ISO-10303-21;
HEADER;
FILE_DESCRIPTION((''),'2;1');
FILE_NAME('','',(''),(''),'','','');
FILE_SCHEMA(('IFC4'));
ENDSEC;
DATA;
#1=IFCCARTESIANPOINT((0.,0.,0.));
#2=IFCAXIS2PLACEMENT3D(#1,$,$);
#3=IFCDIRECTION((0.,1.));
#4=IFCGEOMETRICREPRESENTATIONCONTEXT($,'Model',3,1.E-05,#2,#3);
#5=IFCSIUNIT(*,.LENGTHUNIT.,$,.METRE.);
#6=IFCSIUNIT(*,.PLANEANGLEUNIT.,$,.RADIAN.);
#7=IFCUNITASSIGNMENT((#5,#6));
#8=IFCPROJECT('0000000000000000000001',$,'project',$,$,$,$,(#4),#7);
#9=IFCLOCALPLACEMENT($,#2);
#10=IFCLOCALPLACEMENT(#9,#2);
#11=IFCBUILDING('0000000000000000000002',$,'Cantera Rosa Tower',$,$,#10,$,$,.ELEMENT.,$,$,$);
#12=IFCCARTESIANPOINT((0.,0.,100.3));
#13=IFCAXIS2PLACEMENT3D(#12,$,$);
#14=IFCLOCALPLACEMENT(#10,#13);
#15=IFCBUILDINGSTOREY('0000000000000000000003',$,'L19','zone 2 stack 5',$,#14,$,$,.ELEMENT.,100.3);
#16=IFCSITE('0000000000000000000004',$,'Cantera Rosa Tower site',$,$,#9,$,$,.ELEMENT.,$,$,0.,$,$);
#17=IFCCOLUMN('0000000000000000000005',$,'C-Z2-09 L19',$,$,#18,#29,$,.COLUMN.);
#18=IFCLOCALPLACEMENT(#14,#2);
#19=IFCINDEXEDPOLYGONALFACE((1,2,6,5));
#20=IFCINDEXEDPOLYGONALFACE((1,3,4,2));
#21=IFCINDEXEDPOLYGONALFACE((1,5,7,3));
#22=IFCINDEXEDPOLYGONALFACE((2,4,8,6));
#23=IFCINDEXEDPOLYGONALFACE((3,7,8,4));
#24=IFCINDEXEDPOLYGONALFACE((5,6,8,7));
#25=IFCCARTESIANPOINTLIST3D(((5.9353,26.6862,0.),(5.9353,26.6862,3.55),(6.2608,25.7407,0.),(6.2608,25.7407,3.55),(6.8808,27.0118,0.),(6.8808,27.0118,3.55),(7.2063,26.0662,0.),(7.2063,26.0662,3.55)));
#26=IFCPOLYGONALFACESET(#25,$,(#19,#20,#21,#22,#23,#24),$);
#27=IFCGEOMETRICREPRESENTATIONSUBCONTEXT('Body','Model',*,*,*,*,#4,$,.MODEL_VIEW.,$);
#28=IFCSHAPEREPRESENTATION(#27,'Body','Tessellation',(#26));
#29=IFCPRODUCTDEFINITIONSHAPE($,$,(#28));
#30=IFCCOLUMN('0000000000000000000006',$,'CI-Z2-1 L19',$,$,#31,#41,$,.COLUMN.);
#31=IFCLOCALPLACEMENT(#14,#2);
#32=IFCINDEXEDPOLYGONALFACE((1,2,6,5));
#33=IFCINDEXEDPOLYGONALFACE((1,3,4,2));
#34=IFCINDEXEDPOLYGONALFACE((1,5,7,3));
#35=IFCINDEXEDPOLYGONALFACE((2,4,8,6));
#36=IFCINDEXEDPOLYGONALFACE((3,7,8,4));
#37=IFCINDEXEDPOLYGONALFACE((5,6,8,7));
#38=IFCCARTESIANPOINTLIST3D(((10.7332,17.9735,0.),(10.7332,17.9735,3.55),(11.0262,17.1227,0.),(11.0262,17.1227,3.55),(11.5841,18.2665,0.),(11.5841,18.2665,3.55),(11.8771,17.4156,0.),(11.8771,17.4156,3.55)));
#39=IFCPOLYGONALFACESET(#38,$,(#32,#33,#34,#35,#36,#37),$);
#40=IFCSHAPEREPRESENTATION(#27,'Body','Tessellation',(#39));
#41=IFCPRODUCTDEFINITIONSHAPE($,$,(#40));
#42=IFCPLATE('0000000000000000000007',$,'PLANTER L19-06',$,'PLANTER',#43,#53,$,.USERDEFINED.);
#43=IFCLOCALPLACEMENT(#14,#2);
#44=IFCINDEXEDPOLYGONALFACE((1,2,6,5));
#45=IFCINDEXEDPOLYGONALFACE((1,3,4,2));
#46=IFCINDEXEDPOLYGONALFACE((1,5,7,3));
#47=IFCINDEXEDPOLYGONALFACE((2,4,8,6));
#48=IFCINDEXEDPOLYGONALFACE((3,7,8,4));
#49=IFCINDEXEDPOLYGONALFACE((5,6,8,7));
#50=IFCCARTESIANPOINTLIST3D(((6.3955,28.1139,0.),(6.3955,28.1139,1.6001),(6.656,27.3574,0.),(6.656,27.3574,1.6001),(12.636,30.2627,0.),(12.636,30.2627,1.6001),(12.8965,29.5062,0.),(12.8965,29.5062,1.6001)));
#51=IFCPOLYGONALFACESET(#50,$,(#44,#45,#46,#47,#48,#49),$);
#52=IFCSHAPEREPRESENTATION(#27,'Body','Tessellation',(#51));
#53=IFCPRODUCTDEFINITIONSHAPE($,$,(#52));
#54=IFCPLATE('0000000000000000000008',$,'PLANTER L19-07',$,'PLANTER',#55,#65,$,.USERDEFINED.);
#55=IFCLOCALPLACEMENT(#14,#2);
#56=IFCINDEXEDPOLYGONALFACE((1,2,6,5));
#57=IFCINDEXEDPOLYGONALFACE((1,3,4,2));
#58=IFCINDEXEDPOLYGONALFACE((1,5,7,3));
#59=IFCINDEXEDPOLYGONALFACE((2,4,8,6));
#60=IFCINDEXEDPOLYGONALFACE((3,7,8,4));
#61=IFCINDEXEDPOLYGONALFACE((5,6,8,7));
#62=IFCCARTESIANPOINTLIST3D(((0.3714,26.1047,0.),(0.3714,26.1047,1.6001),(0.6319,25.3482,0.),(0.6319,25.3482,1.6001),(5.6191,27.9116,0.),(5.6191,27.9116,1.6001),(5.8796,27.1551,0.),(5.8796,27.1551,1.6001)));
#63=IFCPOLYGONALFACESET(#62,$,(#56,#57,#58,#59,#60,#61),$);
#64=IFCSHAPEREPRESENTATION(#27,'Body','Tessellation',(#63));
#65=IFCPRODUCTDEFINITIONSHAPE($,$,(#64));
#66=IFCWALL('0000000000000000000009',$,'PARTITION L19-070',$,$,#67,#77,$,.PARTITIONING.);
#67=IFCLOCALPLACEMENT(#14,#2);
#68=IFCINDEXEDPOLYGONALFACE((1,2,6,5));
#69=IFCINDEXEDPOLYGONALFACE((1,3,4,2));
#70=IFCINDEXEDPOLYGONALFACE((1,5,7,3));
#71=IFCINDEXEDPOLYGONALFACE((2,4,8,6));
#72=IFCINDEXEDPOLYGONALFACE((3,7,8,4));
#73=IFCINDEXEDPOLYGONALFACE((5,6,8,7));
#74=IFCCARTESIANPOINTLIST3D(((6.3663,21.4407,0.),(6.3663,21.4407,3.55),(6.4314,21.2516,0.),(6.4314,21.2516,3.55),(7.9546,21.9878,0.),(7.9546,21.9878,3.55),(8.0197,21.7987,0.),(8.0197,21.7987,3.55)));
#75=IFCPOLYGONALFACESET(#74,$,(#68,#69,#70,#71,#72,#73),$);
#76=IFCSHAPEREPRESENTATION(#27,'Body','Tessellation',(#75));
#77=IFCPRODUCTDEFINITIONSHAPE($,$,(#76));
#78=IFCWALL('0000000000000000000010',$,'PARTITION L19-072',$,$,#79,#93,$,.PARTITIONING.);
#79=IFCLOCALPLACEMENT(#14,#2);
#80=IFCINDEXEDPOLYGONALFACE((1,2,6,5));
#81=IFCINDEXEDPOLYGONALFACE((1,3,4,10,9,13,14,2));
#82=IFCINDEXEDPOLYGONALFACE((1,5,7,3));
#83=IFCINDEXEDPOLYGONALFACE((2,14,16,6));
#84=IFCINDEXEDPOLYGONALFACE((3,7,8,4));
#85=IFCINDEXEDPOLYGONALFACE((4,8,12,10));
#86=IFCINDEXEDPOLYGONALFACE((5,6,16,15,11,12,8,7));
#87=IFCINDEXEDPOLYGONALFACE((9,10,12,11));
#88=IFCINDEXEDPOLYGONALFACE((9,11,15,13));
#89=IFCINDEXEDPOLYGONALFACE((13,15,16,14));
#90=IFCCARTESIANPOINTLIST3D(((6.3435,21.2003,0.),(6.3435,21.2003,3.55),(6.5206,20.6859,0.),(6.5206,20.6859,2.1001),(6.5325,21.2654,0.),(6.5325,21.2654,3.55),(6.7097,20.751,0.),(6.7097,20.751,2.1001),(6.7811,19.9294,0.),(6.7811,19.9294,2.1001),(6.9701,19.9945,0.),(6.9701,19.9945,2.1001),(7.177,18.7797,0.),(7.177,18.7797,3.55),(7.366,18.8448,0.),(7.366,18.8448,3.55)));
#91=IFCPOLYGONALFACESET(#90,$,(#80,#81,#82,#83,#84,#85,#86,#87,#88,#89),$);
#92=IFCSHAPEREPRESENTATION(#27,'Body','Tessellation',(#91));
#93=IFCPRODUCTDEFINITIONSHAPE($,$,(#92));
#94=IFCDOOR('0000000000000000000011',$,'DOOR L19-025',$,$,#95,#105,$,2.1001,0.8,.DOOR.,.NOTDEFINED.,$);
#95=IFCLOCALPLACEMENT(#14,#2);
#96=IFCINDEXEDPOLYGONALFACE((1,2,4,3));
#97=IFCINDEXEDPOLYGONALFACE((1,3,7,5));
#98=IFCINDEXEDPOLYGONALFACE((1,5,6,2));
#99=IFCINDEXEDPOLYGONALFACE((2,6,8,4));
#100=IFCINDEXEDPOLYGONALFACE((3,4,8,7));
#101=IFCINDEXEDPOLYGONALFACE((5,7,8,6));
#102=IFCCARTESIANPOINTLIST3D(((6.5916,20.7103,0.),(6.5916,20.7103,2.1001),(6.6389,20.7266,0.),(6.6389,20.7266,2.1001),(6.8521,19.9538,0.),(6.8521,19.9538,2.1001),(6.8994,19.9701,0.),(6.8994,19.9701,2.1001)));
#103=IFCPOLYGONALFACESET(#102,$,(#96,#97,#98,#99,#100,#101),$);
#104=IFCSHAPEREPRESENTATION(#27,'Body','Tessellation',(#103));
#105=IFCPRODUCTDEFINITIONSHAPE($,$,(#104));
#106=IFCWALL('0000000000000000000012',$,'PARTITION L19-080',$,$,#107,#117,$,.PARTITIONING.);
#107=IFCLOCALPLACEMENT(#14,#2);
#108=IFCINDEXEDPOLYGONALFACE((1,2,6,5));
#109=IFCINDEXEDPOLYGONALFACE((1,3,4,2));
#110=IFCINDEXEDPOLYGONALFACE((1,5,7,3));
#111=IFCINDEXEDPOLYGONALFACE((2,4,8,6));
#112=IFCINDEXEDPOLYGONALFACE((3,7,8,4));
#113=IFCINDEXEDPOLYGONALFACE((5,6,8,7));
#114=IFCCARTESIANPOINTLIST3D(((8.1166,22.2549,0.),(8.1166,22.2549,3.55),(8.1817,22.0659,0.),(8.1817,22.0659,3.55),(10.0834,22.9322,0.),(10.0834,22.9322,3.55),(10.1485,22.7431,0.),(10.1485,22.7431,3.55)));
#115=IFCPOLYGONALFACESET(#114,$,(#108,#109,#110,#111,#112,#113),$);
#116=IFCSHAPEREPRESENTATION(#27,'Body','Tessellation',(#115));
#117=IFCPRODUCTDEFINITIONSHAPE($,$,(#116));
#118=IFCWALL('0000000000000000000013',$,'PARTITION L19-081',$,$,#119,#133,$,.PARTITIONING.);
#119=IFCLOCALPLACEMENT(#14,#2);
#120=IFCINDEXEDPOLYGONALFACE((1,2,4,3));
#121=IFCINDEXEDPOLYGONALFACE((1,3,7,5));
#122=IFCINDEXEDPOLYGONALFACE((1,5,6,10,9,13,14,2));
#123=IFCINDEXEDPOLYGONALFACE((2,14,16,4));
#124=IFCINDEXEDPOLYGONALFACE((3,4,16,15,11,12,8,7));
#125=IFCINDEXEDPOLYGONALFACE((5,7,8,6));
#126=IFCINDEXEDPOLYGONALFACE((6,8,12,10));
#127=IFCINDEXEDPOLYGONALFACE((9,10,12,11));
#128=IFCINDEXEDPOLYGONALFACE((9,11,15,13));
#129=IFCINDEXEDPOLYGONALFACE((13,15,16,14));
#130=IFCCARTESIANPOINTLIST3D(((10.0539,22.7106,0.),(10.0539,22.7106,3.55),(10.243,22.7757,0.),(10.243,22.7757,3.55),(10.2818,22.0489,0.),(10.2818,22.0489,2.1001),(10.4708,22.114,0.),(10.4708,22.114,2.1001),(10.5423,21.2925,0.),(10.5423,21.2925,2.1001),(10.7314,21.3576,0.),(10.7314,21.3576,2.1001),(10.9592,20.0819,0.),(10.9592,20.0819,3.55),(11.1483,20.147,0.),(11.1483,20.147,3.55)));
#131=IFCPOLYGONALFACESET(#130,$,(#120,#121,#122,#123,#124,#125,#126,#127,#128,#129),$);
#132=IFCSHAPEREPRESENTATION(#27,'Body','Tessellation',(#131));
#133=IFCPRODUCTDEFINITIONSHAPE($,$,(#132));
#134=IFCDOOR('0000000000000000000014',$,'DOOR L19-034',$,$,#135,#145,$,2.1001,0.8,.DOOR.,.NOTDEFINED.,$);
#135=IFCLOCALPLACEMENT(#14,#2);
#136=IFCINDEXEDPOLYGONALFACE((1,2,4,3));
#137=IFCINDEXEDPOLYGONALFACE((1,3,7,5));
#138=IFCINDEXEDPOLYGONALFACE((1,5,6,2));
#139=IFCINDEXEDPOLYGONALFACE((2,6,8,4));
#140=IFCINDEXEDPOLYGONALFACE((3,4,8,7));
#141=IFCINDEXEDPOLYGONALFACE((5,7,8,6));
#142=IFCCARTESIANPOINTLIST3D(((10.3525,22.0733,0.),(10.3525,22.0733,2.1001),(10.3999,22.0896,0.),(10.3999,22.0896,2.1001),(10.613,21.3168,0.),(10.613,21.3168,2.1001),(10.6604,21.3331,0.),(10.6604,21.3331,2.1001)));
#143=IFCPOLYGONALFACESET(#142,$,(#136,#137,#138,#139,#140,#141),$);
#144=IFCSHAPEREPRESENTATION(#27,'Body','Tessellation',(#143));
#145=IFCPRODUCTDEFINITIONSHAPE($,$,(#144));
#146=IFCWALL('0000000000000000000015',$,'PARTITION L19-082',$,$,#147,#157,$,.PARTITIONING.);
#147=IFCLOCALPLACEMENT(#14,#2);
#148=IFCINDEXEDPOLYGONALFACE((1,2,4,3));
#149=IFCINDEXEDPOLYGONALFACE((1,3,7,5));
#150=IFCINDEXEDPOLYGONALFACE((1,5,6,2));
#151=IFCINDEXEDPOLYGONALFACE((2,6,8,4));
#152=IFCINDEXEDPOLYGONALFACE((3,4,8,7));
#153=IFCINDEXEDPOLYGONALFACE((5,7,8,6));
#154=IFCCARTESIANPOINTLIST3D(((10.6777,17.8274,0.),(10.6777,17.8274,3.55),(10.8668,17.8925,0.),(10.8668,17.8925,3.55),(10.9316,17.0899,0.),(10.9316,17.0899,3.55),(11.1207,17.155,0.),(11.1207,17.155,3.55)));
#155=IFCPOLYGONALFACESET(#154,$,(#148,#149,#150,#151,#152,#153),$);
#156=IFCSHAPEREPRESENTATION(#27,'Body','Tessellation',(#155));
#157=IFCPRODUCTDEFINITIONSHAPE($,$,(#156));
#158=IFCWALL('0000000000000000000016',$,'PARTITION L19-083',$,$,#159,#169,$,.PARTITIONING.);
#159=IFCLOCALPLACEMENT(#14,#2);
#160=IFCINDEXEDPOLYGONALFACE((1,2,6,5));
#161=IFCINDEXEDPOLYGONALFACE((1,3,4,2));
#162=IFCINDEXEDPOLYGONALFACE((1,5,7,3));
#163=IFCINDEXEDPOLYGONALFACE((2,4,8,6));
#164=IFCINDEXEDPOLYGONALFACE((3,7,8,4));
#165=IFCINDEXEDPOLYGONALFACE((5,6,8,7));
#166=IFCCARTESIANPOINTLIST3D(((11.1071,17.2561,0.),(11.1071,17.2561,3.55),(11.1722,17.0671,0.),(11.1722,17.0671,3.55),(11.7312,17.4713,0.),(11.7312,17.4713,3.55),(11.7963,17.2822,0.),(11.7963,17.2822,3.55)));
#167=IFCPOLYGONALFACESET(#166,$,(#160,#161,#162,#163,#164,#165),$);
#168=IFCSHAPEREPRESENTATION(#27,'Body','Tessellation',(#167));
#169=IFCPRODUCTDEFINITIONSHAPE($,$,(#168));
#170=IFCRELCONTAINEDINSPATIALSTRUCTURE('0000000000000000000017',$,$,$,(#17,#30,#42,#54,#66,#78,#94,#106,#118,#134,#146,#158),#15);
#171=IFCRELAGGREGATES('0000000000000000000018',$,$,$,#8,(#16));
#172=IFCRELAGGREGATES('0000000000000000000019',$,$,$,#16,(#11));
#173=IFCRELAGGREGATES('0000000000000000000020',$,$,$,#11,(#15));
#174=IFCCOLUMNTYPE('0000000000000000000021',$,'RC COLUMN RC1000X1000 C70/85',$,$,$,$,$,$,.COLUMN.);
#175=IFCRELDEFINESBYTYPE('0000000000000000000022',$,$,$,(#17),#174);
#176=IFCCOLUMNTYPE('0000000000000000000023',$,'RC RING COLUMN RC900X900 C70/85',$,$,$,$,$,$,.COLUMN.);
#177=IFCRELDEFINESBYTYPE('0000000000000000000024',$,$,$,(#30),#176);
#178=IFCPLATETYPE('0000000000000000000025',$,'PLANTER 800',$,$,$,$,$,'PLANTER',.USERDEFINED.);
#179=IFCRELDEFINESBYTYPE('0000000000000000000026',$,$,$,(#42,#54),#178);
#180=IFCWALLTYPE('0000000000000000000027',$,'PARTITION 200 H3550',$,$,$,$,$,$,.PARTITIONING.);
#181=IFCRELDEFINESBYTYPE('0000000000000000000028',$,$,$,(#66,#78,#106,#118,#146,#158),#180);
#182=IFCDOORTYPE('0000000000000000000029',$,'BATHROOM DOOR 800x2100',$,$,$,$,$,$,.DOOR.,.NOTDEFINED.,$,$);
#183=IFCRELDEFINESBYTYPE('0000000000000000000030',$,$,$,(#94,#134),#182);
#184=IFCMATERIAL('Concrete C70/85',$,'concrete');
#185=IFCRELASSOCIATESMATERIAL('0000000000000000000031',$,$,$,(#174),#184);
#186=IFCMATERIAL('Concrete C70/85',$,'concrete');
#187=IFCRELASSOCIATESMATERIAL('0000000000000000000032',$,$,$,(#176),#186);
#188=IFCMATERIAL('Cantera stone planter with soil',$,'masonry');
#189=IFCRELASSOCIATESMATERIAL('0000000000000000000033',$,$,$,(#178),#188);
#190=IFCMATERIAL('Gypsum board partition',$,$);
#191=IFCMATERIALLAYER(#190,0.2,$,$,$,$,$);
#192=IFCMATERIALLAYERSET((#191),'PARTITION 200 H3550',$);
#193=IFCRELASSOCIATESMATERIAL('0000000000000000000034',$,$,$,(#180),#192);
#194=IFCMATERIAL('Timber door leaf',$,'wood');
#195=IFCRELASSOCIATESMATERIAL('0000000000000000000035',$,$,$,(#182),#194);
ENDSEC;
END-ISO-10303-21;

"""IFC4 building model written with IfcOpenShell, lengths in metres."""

from ifc_helpers import new_model, si_unit, direction, frame, frame_2d, origin, origin_2d, place, context, subcontext, project, spatial, rectangle, extrude, material, layer, layer_set, material_profile, profile_set, type_object, element, fill, save


model = new_model("IFC4")

# Units and contexts
model_context = context("Model", 3, precision=1e-05, world=origin(), true_north=direction((0.0, 1.0)))
body_context = subcontext(model_context, "Body", "Model", "MODEL_VIEW")
ifc_project = project(units=[si_unit("LENGTHUNIT", "METRE"), si_unit("PLANEANGLEUNIT", "RADIAN")], contexts=[model_context])

# Site, building, storey
site_placement = place(None, origin())
site = spatial("IfcSite", under=ifc_project, at=site_placement, Name="Cantera Rosa Tower site", CompositionType="ELEMENT", RefElevation=0.0)
building_placement = place(site_placement, origin())
building = spatial("IfcBuilding", under=site, at=building_placement, Name="Cantera Rosa Tower", CompositionType="ELEMENT")
storey_placement = place(building_placement, frame((0.0, 0.0, 100.3)))
storey = spatial("IfcBuildingStorey", under=building, at=storey_placement, Name="L19", Description="zone 2 stack 5", CompositionType="ELEMENT", Elevation=100.3)

# Columns
ifc_material_1 = material(Name="Concrete C70/85", Category="concrete")
ifc_material_profile_1 = material_profile(ifc_material_1, rectangle(XDim=1.0, YDim=1.0, at=origin_2d()), Name="RC COLUMN RC1000X1000 C70/85")
ifc_profile_set_1 = profile_set([ifc_material_profile_1], Name="Concrete C70/85")
column_type_1 = type_object("IfcColumnType", Name="RC COLUMN RC1000X1000 C70/85", PredefinedType="COLUMN", material=ifc_profile_set_1)
column_1_placement = place(storey_placement, frame((6.5708, 26.3762, 0.0), z_axis=(0.0, 0.0, 1.0), x_axis=(0.945519, 0.325568, 0.0)))
element("IfcColumn", 1, at=column_1_placement, inside=storey, type_object=column_type_1, Name="C-Z2-09 L19", PredefinedType="COLUMN", context=body_context, shape_type="SweptSolid", body=[
    extrude(rectangle(XDim=1.0, YDim=1.0, at=origin_2d()), origin(), (0.0, 0.0, 1.0), 3.55),
])
ifc_material_2 = material(Name="Concrete C70/85", Category="concrete")
ifc_material_profile_2 = material_profile(ifc_material_2, rectangle(XDim=0.8999, YDim=0.8999, at=origin_2d()), Name="RC RING COLUMN RC900X900 C70/85")
ifc_profile_set_2 = profile_set([ifc_material_profile_2], Name="Concrete C70/85")
column_type_2 = type_object("IfcColumnType", Name="RC RING COLUMN RC900X900 C70/85", PredefinedType="COLUMN", material=ifc_profile_set_2)
column_2_placement = place(storey_placement, frame((11.3052, 17.6946, 0.0), z_axis=(0.0, 0.0, 1.0), x_axis=(0.945519, 0.325568, 0.0)))
element("IfcColumn", 2, at=column_2_placement, inside=storey, type_object=column_type_2, Name="CI-Z2-1 L19", PredefinedType="COLUMN", context=body_context, shape_type="SweptSolid", body=[
    extrude(rectangle(XDim=0.8999, YDim=0.8999, at=origin_2d()), origin(), (0.0, 0.0, 1.0), 3.55),
])

# Plates
ifc_material_3 = material(Name="Cantera stone planter with soil", Category="masonry")
plate_type = type_object("IfcPlateType", Name="PLANTER 800", ElementType="PLANTER", PredefinedType="USERDEFINED", material=ifc_material_3)
plate_1_placement = place(storey_placement, frame((9.646, 28.8101, 0.0), z_axis=(0.0, 0.0, 1.0), x_axis=(-0.945519, -0.325568, 0.0)))
element("IfcPlate", 3, at=plate_1_placement, inside=storey, type_object=plate_type, Name="PLANTER L19-06", ObjectType="PLANTER", PredefinedType="USERDEFINED", context=body_context, shape_type="SweptSolid", body=[
    extrude(rectangle(XDim=6.6001, YDim=0.8, at=origin_2d()), origin(), (0.0, 0.0, 1.0), 1.6001),
])
plate_2_placement = place(storey_placement, frame((3.1255, 26.6299, 0.0), z_axis=(0.0, 0.0, 1.0), x_axis=(-0.945519, -0.325568, 0.0)))
element("IfcPlate", 4, at=plate_2_placement, inside=storey, type_object=plate_type, Name="PLANTER L19-07", ObjectType="PLANTER", PredefinedType="USERDEFINED", context=body_context, shape_type="SweptSolid", body=[
    extrude(rectangle(XDim=5.55, YDim=0.8, at=origin_2d()), origin(), (0.0, 0.0, 1.0), 1.6001),
])

# Wall
ifc_material_4 = material(Name="Gypsum board partition")
ifc_layer_1 = layer(ifc_material_4, 0.2)
ifc_layer_set_1 = layer_set([ifc_layer_1], Name="PARTITION 200 H3550")
wall_type_1 = type_object("IfcWallType", Name="PARTITION 200 H3550", PredefinedType="PARTITIONING", material=ifc_layer_set_1)
wall_1_placement = place(storey_placement, frame((6.3989, 21.3462, 0.0), z_axis=(0.0, 0.0, 1.0), x_axis=(0.945483, 0.325673, 0.0)))
element("IfcWall", 5, at=wall_1_placement, inside=storey, type_object=wall_type_1, Name="PARTITION L19-070", PredefinedType="PARTITIONING", context=body_context, shape_type="SweptSolid", body=[
    extrude(rectangle(XDim=1.6799, YDim=0.2, at=frame_2d((0.8398, 0.0))), origin(), (0.0, 0.0, 1.0), 3.55),
])

# Wall, opening, door
wall_2_placement = place(storey_placement, frame((7.2715, 18.8123, 0.0), z_axis=(0.0, 0.0, 1.0), x_axis=(-0.325567, 0.945519, 0.0)))
wall_2 = element("IfcWall", 6, at=wall_2_placement, inside=storey, type_object=wall_type_1, Name="PARTITION L19-072", PredefinedType="PARTITIONING", context=body_context, shape_type="SweptSolid", body=[
    extrude(rectangle(XDim=2.5601, YDim=0.2, at=frame_2d((1.28, 0.0))), origin(), (0.0, 0.0, 1.0), 3.55),
])
opening_1_placement = place(wall_2_placement, frame((1.2161, 0.0, 0.0)))
opening_1 = element("IfcOpeningElement", 7, at=opening_1_placement, cuts=wall_2, PredefinedType="OPENING", context=body_context, shape_type="SweptSolid", body=[
    extrude(rectangle(XDim=0.8, YDim=2.1001, at=frame_2d((0.3999, 1.05))), frame((0.0, 0.1099, 0.0), z_axis=(0.0, -1.0, 0.0), x_axis=(1.0, 0.0, 0.0)), (0.0, 0.0, 1.0), 0.22),
])
ifc_material_5 = material(Name="Timber door leaf", Category="wood")
door_type_1 = type_object("IfcDoorType", Name="BATHROOM DOOR 800x2100", OperationType="NOTDEFINED", PredefinedType="DOOR", material=ifc_material_5)
door_1_placement = place(opening_1_placement, origin())
door_1 = element("IfcDoor", 8, at=door_1_placement, inside=storey, type_object=door_type_1, Name="DOOR L19-025", OperationType="NOTDEFINED", OverallHeight=2.1001, OverallWidth=0.8, PredefinedType="DOOR", context=body_context, shape_type="SweptSolid", body=[
    extrude(rectangle(XDim=0.8, YDim=2.1001, at=frame_2d((0.3999, 1.05))), frame((0.0, 0.0249, 0.0), z_axis=(0.0, -1.0, 0.0), x_axis=(1.0, 0.0, 0.0)), (0.0, 0.0, 1.0), 0.05),
])
fill(opening_1, door_1)

# Wall
wall_3_placement = place(storey_placement, frame((8.1492, 22.1604, 0.0), z_axis=(0.0, 0.0, 1.0), x_axis=(0.945515, 0.325578, 0.0)))
element("IfcWall", 9, at=wall_3_placement, inside=storey, type_object=wall_type_1, Name="PARTITION L19-080", PredefinedType="PARTITIONING", context=body_context, shape_type="SweptSolid", body=[
    extrude(rectangle(XDim=2.0801, YDim=0.2, at=frame_2d((1.04, 0.0))), origin(), (0.0, 0.0, 1.0), 3.55),
])

# Wall, opening, door
wall_4_placement = place(storey_placement, frame((10.1484, 22.7432, 0.0), z_axis=(0.0, 0.0, 1.0), x_axis=(0.325617, -0.945502, 0.0)))
wall_4 = element("IfcWall", 10, at=wall_4_placement, inside=storey, type_object=wall_type_1, Name="PARTITION L19-081", PredefinedType="PARTITIONING", context=body_context, shape_type="SweptSolid", body=[
    extrude(rectangle(XDim=2.7803, YDim=0.2, at=frame_2d((1.3901, 0.0))), origin(), (0.0, 0.0, 1.0), 3.55),
])
opening_2_placement = place(wall_4_placement, frame((0.7, 0.0, 0.0)))
opening_2 = element("IfcOpeningElement", 11, at=opening_2_placement, cuts=wall_4, PredefinedType="OPENING", context=body_context, shape_type="SweptSolid", body=[
    extrude(rectangle(XDim=0.8, YDim=2.1001, at=frame_2d((0.3999, 1.05))), frame((0.0, 0.1099, 0.0), z_axis=(0.0, -1.0, 0.0), x_axis=(1.0, 0.0, 0.0)), (0.0, 0.0, 1.0), 0.22),
])
door_2_placement = place(opening_2_placement, origin())
door_2 = element("IfcDoor", 12, at=door_2_placement, inside=storey, type_object=door_type_1, Name="DOOR L19-034", OperationType="NOTDEFINED", OverallHeight=2.1001, OverallWidth=0.8, PredefinedType="DOOR", context=body_context, shape_type="SweptSolid", body=[
    extrude(rectangle(XDim=0.8, YDim=2.1001, at=frame_2d((0.3999, 1.05))), frame((0.0, 0.0249, 0.0), z_axis=(0.0, -1.0, 0.0), x_axis=(1.0, 0.0, 0.0)), (0.0, 0.0, 1.0), 0.05),
])
fill(opening_2, door_2)

# Walls
wall_5_placement = place(storey_placement, frame((10.7722, 17.8601, 0.0), z_axis=(0.0, 0.0, 1.0), x_axis=(0.325508, -0.945539, 0.0)))
element("IfcWall", 13, at=wall_5_placement, inside=storey, type_object=wall_type_1, Name="PARTITION L19-082", PredefinedType="PARTITIONING", context=body_context, shape_type="SweptSolid", body=[
    extrude(rectangle(XDim=0.78, YDim=0.2, at=frame_2d((0.3901, 0.0))), origin(), (0.0, 0.0, 1.0), 3.55),
])
wall_6_placement = place(storey_placement, frame((11.1396, 17.1616, 0.0), z_axis=(0.0, 0.0, 1.0), x_axis=(0.945416, 0.325865, 0.0)))
element("IfcWall", 14, at=wall_6_placement, inside=storey, type_object=wall_type_1, Name="PARTITION L19-083", PredefinedType="PARTITIONING", context=body_context, shape_type="SweptSolid", body=[
    extrude(rectangle(XDim=0.6602, YDim=0.2, at=frame_2d((0.3301, 0.0))), origin(), (0.0, 0.0, 1.0), 3.55),
])

save(model, "model.ifc")
